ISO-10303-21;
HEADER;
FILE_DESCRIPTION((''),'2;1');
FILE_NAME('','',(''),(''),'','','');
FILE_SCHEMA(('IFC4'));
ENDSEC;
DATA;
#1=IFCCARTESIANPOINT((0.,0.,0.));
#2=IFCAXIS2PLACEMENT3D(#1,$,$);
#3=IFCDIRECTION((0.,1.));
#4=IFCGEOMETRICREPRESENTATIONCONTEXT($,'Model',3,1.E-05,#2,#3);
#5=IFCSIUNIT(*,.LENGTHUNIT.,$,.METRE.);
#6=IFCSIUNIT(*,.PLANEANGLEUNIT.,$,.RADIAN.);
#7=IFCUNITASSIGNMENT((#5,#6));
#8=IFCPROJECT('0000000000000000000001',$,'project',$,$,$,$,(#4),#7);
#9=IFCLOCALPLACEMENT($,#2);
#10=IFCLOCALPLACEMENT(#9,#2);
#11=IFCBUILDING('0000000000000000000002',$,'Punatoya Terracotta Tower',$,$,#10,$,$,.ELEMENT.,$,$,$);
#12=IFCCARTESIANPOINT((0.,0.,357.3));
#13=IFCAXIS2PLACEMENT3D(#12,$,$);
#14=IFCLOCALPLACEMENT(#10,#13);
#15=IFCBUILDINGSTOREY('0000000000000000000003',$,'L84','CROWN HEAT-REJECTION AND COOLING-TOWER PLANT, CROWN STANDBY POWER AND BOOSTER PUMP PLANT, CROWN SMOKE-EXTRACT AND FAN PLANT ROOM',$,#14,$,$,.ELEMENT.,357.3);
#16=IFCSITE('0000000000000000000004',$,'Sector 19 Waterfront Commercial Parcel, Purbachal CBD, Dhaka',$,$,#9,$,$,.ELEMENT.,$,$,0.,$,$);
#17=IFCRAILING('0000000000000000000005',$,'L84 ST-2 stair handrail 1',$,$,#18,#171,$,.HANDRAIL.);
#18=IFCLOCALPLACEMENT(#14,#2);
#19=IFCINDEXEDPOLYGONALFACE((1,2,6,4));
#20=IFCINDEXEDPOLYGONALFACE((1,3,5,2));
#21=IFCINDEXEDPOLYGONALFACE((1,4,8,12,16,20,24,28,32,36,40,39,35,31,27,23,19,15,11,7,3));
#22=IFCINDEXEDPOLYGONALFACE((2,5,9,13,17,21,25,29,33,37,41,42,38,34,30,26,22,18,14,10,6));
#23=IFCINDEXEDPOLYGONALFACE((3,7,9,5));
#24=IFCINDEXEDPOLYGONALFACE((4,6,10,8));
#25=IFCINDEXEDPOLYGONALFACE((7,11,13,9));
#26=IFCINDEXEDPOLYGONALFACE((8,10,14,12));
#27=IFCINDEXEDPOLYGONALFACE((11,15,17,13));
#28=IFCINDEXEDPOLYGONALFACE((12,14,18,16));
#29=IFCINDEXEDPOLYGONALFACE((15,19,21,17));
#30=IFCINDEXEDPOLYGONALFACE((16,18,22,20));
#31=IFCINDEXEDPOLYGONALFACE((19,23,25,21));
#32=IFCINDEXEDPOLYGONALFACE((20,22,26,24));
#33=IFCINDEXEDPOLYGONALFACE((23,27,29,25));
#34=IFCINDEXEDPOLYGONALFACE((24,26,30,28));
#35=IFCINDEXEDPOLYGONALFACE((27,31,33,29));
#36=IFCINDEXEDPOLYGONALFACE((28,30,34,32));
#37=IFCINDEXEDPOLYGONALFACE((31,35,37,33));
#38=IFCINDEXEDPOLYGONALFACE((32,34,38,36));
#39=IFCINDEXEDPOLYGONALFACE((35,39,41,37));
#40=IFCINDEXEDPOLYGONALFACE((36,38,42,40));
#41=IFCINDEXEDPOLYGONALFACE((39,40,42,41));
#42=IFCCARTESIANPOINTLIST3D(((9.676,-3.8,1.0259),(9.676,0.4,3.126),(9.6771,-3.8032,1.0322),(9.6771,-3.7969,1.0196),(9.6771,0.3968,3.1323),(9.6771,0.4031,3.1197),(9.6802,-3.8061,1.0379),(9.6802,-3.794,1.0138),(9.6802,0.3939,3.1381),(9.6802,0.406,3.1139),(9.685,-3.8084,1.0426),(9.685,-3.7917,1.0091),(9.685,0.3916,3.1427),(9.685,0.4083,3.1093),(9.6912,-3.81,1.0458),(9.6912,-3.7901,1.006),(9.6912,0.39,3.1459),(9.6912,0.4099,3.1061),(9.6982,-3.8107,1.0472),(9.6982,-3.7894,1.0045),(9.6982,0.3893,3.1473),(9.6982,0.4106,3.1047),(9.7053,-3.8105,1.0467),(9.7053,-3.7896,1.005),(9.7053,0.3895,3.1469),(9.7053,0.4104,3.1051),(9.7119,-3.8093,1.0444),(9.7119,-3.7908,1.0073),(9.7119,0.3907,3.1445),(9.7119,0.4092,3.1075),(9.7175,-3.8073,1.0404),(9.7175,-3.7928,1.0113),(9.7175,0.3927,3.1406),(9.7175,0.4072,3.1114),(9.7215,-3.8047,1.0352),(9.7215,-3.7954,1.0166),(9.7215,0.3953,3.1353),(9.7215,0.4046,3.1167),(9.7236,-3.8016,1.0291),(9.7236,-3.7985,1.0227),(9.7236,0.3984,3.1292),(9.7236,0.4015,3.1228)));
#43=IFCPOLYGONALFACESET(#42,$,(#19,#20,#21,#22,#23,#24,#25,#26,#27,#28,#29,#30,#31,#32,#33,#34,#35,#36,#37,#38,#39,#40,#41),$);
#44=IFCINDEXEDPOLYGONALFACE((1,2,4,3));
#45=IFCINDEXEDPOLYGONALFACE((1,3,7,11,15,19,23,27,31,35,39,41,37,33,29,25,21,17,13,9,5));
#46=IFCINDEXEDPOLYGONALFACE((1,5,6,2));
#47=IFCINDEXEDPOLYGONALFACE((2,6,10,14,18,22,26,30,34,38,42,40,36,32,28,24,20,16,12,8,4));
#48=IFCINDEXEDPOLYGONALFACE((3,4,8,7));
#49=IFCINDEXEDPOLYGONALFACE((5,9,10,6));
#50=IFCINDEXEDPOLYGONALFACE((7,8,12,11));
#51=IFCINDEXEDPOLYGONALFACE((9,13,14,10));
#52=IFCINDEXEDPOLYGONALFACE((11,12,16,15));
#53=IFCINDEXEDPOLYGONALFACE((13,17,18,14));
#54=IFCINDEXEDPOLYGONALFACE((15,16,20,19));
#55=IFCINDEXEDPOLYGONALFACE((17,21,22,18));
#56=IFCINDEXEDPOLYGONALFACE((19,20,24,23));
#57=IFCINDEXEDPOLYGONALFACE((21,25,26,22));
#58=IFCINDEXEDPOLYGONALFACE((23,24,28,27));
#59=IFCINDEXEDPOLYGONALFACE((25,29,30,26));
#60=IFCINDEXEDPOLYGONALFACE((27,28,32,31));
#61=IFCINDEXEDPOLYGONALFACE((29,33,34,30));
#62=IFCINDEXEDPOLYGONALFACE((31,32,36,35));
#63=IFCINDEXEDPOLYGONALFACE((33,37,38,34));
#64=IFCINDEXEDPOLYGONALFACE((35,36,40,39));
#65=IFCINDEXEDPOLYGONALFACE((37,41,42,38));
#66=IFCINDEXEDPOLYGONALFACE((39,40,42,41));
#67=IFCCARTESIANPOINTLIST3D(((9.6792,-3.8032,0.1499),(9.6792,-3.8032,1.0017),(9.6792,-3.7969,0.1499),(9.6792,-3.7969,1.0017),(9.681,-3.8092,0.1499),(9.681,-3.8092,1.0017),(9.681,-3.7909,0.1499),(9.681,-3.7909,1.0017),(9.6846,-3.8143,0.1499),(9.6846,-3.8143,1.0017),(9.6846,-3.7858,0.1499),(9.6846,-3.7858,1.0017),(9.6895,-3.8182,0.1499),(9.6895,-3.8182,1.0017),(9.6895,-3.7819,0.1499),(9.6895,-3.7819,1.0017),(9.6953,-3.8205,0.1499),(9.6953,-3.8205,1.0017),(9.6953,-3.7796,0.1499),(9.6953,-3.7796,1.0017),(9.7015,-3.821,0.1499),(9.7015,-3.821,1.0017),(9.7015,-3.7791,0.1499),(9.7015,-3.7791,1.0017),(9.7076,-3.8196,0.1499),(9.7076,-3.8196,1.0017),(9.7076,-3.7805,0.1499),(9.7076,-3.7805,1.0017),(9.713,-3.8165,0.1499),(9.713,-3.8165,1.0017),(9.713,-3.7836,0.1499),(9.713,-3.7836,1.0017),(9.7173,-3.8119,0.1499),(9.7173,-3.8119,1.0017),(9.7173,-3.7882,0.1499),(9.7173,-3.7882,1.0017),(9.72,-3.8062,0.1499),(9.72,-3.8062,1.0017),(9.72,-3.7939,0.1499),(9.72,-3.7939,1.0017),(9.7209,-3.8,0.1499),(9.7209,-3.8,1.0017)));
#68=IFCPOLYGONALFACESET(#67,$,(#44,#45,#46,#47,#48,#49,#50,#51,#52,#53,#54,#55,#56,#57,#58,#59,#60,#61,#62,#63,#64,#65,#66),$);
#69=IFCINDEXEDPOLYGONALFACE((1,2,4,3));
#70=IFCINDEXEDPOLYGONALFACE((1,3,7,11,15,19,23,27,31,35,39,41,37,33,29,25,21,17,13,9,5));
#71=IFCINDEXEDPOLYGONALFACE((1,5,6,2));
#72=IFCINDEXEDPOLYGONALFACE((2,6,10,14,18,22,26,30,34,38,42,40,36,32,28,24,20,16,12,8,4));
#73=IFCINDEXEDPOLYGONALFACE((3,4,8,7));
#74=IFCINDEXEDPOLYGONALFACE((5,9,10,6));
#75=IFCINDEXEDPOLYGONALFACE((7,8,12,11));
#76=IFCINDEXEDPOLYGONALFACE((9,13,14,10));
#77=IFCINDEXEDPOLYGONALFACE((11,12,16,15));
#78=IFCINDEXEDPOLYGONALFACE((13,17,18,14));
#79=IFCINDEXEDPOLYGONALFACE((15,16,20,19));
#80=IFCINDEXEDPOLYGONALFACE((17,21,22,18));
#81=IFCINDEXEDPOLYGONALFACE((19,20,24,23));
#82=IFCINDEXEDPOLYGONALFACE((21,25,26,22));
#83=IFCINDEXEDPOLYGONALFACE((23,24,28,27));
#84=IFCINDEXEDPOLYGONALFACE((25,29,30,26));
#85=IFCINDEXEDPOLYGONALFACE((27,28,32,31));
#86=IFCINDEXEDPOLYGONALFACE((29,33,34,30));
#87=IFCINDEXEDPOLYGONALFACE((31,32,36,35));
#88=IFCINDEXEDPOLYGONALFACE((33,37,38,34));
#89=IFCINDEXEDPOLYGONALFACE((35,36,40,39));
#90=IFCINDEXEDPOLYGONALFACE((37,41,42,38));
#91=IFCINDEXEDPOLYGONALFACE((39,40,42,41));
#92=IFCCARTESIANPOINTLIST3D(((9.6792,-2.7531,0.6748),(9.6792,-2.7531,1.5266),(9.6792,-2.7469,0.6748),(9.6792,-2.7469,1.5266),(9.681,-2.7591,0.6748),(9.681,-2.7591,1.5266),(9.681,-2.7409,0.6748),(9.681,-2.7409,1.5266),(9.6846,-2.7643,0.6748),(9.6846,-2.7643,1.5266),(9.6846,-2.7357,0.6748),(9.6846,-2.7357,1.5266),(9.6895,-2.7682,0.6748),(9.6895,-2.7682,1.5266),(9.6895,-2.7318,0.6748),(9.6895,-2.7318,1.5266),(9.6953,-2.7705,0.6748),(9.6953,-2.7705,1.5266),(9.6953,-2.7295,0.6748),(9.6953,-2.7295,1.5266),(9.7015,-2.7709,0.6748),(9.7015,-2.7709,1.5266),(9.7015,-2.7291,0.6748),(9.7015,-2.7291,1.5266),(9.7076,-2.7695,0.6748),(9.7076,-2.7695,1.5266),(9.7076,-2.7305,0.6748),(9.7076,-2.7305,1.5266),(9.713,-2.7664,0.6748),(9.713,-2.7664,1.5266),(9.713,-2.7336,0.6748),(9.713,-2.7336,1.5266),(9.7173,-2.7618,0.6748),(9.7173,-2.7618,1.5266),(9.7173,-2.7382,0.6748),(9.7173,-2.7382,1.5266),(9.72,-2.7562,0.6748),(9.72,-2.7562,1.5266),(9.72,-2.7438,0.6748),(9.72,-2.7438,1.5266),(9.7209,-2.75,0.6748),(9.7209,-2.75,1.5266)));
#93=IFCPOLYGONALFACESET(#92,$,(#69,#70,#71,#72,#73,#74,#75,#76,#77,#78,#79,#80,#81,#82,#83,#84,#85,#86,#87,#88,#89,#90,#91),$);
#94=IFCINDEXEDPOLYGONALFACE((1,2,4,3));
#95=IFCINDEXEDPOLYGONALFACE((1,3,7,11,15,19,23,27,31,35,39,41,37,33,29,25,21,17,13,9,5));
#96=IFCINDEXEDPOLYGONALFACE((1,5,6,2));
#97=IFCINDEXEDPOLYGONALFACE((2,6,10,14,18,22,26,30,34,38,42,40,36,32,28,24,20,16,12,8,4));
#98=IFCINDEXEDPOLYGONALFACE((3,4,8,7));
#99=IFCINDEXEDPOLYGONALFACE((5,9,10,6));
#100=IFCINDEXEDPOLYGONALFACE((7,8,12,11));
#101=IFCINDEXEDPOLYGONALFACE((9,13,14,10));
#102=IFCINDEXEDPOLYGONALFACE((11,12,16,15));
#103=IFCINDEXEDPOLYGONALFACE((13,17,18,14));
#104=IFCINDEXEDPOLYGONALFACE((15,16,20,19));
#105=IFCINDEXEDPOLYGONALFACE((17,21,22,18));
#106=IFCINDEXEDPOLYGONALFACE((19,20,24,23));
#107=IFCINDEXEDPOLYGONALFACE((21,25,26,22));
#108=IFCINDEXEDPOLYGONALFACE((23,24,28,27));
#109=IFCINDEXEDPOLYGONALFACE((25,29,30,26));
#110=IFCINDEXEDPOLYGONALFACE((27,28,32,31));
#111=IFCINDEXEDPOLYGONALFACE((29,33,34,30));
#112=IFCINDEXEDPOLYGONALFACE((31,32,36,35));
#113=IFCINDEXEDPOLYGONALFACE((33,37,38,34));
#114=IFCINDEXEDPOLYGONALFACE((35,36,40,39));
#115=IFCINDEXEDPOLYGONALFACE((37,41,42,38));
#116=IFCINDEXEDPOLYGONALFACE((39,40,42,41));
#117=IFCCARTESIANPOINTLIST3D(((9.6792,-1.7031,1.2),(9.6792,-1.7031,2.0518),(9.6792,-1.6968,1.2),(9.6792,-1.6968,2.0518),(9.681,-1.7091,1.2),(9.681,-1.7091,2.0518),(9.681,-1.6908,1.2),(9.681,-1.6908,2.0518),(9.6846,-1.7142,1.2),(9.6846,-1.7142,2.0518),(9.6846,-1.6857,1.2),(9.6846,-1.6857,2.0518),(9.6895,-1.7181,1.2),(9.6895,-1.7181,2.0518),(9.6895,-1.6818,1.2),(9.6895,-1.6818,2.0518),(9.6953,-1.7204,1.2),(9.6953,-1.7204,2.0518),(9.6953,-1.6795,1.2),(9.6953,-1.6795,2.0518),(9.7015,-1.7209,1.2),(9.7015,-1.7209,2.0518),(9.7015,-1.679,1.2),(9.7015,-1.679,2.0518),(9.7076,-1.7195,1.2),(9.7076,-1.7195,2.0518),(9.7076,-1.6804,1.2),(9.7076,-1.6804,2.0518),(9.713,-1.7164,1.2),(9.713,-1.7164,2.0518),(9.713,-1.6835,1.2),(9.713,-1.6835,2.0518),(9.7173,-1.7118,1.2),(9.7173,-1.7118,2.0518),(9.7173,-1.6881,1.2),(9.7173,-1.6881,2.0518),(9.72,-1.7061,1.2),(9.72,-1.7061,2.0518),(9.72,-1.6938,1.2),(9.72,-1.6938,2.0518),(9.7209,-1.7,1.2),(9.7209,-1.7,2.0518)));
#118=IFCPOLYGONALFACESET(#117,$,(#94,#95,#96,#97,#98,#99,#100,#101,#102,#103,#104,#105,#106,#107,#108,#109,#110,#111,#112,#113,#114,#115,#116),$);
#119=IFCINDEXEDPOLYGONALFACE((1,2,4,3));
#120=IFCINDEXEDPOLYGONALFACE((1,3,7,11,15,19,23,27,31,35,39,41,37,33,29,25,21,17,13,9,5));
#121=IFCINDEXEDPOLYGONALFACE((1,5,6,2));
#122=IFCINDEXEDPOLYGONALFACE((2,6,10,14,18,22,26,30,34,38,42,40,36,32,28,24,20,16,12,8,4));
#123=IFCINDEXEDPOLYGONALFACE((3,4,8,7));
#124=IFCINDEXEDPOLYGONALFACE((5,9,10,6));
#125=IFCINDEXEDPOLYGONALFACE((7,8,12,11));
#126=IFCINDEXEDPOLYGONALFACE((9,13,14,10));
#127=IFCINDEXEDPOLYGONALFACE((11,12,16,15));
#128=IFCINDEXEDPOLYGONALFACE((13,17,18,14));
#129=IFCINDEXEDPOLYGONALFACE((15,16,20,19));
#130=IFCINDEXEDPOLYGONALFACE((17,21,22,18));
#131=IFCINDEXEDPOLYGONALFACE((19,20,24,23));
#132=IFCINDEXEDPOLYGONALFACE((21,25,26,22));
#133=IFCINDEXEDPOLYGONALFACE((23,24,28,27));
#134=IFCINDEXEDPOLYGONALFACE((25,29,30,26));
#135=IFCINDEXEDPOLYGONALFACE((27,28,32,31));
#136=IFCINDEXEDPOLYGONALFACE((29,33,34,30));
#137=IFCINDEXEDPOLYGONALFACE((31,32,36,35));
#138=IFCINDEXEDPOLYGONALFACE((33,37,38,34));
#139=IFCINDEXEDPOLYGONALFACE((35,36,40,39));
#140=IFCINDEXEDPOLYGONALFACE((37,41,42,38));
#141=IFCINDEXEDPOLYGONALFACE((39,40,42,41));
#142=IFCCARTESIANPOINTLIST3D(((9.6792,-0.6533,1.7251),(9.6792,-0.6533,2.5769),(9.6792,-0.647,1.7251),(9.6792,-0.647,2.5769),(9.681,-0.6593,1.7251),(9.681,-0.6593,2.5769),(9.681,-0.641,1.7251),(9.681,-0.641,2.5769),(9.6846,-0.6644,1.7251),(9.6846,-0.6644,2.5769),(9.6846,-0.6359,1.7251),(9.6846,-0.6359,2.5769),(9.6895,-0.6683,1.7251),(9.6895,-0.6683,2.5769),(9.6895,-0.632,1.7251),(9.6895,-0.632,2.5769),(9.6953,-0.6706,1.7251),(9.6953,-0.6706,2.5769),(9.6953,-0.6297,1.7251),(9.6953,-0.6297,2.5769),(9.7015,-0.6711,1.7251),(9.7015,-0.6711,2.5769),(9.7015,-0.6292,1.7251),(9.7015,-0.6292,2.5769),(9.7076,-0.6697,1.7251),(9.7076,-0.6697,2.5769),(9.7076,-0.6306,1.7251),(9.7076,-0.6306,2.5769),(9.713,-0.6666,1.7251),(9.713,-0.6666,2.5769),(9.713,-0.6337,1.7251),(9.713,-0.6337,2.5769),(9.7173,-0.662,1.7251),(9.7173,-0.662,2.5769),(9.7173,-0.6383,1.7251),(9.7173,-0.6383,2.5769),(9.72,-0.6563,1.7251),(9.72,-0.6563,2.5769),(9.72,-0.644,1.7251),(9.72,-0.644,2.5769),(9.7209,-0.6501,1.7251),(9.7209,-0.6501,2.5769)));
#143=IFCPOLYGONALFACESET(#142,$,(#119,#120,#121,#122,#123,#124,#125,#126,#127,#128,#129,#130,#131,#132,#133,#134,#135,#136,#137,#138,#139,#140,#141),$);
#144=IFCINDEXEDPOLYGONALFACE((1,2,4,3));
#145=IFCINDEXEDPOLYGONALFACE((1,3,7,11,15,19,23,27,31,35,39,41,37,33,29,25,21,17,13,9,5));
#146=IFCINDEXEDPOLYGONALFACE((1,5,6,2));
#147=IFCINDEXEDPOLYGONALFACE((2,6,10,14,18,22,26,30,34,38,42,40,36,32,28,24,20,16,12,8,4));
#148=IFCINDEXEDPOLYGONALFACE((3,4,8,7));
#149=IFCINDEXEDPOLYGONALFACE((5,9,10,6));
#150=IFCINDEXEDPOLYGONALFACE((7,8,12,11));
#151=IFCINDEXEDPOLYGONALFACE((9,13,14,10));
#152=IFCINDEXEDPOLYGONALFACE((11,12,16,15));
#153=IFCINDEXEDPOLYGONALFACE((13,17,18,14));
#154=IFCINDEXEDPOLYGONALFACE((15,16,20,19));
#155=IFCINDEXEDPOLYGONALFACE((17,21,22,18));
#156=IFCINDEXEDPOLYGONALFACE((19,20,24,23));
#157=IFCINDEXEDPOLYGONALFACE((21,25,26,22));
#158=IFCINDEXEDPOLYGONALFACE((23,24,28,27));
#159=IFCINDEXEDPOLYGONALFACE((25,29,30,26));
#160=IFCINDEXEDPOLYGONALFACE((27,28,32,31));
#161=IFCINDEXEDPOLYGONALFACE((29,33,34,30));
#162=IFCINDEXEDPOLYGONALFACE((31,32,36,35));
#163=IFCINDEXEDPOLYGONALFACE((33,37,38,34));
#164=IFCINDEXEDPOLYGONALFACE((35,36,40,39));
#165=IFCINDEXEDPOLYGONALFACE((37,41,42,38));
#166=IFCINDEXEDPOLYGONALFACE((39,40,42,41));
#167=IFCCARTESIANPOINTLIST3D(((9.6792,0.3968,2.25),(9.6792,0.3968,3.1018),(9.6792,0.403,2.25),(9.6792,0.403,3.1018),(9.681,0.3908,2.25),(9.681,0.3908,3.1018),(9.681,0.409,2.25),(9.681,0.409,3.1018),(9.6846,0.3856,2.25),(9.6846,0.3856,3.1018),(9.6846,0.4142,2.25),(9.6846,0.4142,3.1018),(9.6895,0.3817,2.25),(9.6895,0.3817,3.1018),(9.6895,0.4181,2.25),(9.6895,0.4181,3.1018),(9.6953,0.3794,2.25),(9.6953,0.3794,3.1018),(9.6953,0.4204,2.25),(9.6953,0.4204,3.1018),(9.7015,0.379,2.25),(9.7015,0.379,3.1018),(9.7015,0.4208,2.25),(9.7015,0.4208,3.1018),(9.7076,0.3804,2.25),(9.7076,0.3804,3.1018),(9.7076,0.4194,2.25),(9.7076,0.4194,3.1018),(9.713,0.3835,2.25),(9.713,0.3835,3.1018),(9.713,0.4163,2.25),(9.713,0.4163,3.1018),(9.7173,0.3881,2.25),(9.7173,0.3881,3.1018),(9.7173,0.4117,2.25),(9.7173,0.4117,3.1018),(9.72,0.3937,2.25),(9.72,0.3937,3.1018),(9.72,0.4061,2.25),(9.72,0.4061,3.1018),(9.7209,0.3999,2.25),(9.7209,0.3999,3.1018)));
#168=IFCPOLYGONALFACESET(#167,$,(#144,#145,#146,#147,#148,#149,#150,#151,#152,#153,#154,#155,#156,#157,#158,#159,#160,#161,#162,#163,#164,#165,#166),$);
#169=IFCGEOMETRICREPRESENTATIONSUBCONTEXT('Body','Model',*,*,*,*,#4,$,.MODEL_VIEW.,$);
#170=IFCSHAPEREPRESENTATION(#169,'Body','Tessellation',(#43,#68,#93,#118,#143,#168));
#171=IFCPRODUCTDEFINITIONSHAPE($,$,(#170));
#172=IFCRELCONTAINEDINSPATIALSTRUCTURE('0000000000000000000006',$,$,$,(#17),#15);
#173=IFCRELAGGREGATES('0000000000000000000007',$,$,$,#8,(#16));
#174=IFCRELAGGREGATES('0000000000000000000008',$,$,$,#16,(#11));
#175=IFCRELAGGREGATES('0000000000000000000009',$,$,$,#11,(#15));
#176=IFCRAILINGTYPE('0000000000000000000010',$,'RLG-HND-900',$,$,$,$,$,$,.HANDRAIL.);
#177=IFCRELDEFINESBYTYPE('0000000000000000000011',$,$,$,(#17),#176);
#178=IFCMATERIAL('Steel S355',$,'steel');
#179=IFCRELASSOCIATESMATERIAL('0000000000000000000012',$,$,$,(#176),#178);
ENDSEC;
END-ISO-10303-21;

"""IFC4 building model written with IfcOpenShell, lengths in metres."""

from ifc_helpers import new_model, si_unit, direction, frame, origin, origin_2d, place, context, subcontext, project, spatial, circle, extrude, material, type_object, element, save


model = new_model("IFC4")

# Units and contexts
model_context = context("Model", 3, precision=1e-05, world=origin(), true_north=direction((0.0, 1.0)))
body_context = subcontext(model_context, "Body", "Model", "MODEL_VIEW")
ifc_project = project(units=[si_unit("LENGTHUNIT", "METRE"), si_unit("PLANEANGLEUNIT", "RADIAN")], contexts=[model_context])

# Site, building, storey
site_placement = place(None, origin())
site = spatial("IfcSite", under=ifc_project, at=site_placement, Name="Sector 19 Waterfront Commercial Parcel, Purbachal CBD, Dhaka", CompositionType="ELEMENT", RefElevation=0.0)
building_placement = place(site_placement, origin())
building = spatial("IfcBuilding", under=site, at=building_placement, Name="Punatoya Terracotta Tower", CompositionType="ELEMENT")
storey_placement = place(building_placement, frame((0.0, 0.0, 357.3)))
storey = spatial("IfcBuildingStorey", under=building, at=storey_placement, Name="L84", Description="CROWN HEAT-REJECTION AND COOLING-TOWER PLANT, CROWN STANDBY POWER AND BOOSTER PUMP PLANT, CROWN SMOKE-EXTRACT AND FAN PLANT ROOM", CompositionType="ELEMENT", Elevation=357.3)

# Railing
ifc_material_1 = material(Name="Steel S355", Category="steel")
railing_type_1 = type_object("IfcRailingType", Name="RLG-HND-900", PredefinedType="HANDRAIL", material=ifc_material_1)
railing_1_placement = place(storey_placement, frame((9.7, -3.8, 0.1499)))
element("IfcRailing", 1, at=railing_1_placement, inside=storey, type_object=railing_type_1, Name="L84 ST-2 stair handrail 1", PredefinedType="HANDRAIL", context=body_context, shape_type="SweptSolid", body=[
    extrude(circle(Radius=0.0239, at=origin_2d()), frame((0.0, 0.0, 0.876), z_axis=(0.0, 0.894417, 0.447234), x_axis=(-1.0, 0.0, 0.0)), (0.0, 0.0, 1.0), 4.6958),
    extrude(circle(Radius=0.021, at=origin_2d()), origin(), (0.0, 0.0, 1.0), 0.8518),
    extrude(circle(Radius=0.021, at=origin_2d()), frame((0.0, 1.05, 0.5249)), (0.0, 0.0, 1.0), 0.8518),
    extrude(circle(Radius=0.021, at=origin_2d()), frame((0.0, 2.1001, 1.05)), (0.0, 0.0, 1.0), 0.8518),
    extrude(circle(Radius=0.021, at=origin_2d()), frame((0.0, 3.1499, 1.5752)), (0.0, 0.0, 1.0), 0.8518),
    extrude(circle(Radius=0.021, at=origin_2d()), frame((0.0, 4.2, 2.1001)), (0.0, 0.0, 1.0), 0.8518),
])

save(model, "model.ifc")
